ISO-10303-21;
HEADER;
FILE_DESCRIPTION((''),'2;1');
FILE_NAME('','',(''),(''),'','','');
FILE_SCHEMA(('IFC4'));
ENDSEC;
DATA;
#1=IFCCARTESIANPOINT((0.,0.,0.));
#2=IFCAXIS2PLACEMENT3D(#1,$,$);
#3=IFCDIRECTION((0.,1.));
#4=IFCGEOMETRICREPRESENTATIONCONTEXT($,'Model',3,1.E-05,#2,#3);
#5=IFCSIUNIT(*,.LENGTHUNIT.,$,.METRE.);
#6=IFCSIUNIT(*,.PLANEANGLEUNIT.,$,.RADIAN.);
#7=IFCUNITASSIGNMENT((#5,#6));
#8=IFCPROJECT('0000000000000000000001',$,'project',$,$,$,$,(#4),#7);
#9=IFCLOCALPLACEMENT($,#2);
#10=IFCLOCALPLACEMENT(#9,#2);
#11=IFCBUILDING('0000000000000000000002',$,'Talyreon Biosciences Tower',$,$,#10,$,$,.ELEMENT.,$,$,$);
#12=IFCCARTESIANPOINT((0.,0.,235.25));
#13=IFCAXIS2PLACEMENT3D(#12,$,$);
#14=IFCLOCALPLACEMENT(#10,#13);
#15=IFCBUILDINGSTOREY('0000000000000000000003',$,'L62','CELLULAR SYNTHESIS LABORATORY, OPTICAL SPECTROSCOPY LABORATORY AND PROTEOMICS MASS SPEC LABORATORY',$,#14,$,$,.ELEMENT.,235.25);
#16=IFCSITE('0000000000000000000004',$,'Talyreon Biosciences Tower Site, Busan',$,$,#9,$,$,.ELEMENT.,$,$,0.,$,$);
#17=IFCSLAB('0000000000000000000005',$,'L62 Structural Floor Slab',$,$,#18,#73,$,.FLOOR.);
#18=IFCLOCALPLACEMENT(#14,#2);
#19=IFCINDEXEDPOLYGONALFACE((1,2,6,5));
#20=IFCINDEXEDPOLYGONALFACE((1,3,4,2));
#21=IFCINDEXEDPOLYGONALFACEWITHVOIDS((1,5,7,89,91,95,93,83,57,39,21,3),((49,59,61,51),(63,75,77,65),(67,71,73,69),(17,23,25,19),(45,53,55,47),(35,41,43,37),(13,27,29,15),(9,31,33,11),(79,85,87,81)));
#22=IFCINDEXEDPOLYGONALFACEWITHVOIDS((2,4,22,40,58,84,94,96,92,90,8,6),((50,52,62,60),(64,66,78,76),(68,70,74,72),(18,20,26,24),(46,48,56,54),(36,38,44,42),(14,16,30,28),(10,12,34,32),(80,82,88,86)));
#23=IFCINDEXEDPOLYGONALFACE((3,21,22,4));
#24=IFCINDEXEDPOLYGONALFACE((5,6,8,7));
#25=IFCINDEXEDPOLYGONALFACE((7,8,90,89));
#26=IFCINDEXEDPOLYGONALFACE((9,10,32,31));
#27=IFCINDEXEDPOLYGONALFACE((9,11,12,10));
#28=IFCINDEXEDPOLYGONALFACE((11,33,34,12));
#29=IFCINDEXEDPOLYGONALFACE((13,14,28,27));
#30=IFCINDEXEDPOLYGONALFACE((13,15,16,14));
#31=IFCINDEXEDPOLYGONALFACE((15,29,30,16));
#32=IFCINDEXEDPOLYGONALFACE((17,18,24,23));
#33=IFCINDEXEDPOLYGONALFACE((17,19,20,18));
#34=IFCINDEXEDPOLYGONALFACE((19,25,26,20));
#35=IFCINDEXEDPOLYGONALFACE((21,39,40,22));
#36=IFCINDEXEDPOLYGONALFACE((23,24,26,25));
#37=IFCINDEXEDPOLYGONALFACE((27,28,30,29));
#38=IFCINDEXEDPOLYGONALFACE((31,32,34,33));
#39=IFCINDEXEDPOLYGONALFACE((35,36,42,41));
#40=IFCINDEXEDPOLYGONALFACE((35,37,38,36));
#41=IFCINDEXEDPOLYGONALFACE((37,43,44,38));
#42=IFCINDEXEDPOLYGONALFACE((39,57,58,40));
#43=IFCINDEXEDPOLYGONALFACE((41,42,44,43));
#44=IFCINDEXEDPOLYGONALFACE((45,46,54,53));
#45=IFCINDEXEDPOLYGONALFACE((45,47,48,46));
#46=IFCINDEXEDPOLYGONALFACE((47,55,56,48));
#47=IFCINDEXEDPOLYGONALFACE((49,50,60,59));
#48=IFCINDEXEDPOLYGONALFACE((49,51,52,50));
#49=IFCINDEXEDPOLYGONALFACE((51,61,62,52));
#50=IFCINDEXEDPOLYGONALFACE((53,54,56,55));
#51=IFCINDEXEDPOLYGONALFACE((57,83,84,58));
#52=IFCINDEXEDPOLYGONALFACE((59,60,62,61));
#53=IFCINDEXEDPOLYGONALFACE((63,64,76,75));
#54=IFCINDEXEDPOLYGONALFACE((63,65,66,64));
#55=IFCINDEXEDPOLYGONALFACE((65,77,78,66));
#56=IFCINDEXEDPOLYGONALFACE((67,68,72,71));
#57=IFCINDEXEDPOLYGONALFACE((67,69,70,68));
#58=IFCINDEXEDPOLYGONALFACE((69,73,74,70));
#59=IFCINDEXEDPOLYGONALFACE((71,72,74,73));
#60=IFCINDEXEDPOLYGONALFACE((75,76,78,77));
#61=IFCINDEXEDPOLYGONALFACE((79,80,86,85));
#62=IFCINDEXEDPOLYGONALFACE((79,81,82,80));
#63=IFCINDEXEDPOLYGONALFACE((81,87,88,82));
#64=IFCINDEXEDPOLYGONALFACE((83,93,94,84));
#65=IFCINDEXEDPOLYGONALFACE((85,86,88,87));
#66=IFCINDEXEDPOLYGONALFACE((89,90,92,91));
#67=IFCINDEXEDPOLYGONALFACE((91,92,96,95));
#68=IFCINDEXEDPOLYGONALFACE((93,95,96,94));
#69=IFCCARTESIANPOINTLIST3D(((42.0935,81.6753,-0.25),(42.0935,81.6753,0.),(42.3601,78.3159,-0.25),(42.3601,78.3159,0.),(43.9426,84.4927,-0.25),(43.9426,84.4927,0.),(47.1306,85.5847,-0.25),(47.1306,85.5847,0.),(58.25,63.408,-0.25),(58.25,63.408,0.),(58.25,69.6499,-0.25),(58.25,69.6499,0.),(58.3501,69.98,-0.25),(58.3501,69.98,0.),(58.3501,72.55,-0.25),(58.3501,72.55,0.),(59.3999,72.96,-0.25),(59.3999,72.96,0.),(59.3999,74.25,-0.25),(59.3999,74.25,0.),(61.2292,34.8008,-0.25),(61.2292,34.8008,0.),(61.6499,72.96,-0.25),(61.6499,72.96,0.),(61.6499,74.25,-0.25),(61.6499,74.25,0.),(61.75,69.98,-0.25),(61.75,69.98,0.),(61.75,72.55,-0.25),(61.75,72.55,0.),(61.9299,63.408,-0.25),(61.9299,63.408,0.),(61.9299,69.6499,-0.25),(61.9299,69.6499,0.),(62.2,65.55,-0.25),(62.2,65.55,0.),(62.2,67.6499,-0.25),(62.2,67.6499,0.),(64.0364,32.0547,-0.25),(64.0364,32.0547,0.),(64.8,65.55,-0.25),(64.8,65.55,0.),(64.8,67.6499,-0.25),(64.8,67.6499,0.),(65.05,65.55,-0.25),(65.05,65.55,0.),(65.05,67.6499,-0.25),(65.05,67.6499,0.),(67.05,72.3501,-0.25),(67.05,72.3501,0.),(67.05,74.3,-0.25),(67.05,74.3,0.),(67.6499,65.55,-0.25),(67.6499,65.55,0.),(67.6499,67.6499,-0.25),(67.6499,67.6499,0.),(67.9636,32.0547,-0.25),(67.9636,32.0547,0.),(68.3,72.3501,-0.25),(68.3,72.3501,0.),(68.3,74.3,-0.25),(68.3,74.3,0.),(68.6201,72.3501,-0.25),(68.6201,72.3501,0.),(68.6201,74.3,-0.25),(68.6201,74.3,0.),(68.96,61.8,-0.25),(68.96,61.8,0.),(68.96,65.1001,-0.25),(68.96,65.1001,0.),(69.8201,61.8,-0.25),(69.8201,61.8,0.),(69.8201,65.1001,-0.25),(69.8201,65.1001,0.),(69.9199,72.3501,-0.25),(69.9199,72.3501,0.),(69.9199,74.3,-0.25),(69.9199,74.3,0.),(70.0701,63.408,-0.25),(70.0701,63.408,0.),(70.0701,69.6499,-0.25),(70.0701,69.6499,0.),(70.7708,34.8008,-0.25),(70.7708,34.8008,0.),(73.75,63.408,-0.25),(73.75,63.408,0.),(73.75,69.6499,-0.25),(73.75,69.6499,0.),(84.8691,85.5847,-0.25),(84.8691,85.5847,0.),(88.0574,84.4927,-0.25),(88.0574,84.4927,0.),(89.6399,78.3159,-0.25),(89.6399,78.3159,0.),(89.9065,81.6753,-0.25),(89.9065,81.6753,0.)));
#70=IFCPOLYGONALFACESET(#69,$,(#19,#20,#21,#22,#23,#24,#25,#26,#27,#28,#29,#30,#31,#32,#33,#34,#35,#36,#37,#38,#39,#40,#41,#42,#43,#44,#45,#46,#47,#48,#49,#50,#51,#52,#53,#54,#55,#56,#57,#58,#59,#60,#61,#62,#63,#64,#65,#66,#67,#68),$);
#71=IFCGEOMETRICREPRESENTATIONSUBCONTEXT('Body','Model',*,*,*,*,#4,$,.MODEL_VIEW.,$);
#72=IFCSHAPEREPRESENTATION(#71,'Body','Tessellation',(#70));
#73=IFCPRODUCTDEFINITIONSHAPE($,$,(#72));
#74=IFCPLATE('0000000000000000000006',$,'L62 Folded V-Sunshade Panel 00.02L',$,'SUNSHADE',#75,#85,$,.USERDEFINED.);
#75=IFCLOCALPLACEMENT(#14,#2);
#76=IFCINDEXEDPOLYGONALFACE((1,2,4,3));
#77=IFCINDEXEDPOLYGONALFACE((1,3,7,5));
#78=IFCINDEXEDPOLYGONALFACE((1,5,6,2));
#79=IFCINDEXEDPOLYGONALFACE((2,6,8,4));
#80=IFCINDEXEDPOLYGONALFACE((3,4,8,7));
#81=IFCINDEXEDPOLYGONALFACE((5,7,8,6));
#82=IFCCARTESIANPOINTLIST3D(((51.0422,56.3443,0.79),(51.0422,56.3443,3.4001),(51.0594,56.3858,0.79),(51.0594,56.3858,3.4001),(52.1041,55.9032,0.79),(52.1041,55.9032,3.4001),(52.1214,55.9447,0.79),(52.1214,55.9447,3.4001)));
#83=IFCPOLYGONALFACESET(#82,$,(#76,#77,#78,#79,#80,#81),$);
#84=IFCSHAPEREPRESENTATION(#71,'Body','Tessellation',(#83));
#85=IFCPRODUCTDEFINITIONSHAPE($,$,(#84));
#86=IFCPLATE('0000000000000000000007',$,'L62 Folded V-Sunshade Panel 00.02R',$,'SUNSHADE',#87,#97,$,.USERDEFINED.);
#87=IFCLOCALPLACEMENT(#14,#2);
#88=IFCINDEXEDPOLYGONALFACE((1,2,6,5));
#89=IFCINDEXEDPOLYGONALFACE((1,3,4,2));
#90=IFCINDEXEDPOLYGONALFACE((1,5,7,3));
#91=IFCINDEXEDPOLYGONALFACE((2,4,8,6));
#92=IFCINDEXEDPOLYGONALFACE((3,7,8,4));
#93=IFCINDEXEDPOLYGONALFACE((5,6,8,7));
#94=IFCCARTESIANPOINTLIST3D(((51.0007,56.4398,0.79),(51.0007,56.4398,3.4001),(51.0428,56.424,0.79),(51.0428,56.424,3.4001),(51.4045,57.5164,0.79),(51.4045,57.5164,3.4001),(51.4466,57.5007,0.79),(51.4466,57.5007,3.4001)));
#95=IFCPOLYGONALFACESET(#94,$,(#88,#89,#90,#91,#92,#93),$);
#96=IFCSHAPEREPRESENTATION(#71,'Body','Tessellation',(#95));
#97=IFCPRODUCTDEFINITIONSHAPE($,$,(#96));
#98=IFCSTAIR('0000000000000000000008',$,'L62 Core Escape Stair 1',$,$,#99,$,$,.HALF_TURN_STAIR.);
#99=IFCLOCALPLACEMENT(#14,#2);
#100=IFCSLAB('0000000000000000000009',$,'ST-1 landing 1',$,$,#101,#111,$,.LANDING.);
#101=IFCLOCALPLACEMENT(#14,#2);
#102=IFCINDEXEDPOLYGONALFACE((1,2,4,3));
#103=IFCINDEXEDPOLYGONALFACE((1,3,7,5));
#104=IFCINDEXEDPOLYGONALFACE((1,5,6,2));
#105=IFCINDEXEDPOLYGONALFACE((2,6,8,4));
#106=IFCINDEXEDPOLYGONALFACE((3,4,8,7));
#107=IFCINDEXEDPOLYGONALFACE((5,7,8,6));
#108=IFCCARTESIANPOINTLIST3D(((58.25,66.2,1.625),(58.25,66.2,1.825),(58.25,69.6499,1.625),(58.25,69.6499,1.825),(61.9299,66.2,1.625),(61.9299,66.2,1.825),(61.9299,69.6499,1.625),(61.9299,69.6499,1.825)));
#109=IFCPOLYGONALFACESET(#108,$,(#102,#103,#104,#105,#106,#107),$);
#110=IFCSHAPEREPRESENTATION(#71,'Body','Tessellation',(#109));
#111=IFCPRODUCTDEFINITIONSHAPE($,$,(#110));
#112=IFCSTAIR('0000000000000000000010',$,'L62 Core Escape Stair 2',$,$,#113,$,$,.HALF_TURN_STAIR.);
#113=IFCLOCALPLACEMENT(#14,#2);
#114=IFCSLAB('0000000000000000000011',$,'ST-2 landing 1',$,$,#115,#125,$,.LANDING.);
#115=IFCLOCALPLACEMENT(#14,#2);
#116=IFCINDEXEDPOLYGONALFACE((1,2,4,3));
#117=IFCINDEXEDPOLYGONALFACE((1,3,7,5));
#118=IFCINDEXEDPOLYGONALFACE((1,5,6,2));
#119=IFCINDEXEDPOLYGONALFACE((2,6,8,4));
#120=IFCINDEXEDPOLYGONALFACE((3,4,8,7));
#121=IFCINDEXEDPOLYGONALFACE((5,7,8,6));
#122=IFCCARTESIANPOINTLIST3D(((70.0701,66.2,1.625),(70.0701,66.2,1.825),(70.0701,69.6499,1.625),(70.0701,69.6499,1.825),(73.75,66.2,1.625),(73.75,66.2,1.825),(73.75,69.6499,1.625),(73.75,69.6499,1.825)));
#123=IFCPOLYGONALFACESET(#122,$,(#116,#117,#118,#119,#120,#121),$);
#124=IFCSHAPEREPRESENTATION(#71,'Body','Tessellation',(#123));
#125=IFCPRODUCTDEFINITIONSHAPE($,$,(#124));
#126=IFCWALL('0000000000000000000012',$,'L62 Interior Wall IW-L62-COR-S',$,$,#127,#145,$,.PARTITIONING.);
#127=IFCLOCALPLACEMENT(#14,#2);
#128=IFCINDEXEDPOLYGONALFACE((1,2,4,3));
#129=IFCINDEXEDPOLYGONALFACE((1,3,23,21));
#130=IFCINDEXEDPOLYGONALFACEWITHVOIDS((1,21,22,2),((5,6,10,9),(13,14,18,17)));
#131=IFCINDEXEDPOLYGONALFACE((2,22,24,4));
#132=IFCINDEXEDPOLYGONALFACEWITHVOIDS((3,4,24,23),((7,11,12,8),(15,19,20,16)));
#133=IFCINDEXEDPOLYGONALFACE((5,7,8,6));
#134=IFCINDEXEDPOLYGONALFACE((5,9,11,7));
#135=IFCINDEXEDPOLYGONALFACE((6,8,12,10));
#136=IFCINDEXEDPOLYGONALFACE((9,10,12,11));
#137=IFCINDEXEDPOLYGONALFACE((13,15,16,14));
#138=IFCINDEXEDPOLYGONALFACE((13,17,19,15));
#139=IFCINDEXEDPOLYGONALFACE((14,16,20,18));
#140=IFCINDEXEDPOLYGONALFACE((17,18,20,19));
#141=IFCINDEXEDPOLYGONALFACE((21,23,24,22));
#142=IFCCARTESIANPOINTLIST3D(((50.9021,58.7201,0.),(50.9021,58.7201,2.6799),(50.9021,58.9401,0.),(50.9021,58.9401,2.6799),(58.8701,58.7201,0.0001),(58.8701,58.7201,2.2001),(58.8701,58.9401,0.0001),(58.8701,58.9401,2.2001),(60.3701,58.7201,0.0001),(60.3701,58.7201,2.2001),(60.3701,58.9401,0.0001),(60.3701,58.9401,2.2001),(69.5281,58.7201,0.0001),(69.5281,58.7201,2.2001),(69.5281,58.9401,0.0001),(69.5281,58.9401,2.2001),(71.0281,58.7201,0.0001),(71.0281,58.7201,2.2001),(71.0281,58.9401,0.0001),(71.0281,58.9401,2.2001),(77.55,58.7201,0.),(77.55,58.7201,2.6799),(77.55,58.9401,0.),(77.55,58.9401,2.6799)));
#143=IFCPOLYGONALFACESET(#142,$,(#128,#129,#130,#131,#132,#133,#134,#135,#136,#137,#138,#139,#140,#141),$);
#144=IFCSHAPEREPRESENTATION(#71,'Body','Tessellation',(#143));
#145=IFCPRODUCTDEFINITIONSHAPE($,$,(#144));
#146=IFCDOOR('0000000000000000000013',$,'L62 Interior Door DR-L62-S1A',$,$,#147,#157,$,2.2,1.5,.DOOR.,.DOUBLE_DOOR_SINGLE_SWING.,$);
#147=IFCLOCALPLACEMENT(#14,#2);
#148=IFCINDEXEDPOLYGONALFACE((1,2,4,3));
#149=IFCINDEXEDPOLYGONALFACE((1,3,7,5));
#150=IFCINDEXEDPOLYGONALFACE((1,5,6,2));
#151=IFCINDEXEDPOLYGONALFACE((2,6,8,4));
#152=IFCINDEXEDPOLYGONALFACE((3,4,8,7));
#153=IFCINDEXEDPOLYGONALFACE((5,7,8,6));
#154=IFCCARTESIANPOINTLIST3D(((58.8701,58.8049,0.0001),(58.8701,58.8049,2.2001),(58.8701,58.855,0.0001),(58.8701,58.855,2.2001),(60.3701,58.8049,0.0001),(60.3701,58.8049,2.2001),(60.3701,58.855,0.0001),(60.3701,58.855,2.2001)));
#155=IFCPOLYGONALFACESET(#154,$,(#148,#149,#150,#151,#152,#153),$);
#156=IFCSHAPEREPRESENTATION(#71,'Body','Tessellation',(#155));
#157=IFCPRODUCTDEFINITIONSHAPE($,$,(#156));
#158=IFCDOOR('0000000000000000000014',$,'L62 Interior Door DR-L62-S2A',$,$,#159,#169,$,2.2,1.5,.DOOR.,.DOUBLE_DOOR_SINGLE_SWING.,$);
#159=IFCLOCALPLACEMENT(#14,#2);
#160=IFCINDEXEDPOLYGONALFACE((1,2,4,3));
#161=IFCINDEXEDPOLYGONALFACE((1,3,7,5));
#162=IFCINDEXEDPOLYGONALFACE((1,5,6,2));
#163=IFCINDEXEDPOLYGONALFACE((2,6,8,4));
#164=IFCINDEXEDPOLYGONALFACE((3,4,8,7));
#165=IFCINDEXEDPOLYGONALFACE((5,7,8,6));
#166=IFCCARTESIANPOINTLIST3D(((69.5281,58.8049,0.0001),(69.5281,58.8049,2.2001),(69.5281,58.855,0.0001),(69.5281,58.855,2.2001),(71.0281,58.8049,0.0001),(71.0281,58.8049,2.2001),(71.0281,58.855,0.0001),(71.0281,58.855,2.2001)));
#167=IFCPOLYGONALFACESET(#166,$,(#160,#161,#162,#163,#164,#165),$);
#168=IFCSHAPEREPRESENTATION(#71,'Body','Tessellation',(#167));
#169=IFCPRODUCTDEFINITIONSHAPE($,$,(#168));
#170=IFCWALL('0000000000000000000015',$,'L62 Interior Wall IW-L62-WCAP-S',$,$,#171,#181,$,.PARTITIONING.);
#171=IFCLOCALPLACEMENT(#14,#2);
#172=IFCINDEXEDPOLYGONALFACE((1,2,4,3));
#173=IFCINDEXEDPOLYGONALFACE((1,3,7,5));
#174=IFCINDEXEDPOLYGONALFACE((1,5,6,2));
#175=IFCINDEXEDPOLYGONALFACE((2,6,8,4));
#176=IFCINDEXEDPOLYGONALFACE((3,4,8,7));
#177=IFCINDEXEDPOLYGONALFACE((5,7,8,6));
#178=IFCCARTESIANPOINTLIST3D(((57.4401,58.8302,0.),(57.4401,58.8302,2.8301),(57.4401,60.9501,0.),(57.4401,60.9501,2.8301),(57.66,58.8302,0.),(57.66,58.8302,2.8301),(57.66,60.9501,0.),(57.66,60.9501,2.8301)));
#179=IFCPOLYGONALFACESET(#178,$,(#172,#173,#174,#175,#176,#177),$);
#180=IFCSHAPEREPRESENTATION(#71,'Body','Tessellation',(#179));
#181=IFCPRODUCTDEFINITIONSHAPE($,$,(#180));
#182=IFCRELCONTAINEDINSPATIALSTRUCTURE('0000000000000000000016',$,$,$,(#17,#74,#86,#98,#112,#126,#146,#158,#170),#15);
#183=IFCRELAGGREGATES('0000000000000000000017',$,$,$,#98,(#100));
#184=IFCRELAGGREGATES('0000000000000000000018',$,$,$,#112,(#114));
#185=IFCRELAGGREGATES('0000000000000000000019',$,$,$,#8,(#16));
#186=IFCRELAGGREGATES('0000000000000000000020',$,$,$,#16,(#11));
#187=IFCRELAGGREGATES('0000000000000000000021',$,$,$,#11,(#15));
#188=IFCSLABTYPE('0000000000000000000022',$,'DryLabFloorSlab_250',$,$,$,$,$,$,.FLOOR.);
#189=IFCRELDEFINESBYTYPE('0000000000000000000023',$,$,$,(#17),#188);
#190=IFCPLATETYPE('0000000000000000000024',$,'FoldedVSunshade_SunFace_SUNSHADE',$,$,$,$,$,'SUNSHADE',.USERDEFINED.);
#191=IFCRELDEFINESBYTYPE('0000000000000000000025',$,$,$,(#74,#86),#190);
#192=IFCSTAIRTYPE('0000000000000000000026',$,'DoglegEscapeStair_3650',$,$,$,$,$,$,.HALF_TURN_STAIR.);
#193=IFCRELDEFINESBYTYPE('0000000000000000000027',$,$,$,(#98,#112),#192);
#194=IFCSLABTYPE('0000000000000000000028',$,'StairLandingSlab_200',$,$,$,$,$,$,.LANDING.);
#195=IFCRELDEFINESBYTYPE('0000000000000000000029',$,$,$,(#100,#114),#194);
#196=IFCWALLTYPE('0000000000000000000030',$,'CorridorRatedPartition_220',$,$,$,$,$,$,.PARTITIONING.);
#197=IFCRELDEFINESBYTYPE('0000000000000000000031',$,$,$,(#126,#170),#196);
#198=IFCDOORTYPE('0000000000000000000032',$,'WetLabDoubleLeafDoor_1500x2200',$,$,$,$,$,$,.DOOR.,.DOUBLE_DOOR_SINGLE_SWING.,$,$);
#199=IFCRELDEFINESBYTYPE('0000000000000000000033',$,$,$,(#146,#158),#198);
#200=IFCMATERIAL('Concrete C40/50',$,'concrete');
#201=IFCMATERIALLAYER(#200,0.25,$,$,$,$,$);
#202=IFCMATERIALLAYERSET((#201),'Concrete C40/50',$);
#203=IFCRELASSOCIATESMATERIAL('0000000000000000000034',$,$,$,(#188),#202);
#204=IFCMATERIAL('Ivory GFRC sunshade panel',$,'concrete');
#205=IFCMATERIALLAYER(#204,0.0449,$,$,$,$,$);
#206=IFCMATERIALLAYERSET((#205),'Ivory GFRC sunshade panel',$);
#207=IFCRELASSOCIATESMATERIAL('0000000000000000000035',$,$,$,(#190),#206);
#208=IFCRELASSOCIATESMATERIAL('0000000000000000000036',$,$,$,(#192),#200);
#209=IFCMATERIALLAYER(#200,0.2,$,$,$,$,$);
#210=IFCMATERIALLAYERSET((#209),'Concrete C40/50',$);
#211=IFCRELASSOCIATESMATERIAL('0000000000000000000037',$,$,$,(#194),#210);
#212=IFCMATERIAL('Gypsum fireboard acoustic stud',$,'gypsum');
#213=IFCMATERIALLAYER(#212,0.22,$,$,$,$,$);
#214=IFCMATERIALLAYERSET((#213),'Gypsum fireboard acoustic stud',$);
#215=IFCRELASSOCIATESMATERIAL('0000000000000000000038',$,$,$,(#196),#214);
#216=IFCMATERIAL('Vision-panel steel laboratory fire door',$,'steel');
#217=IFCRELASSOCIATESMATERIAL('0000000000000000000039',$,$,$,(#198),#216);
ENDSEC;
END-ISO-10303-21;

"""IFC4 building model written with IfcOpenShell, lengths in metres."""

from ifc_helpers import new_model, si_unit, direction, frame, frame_2d, origin, origin_2d, place, context, subcontext, project, spatial, polyline, rectangle, outline, extrude, material, layer, layer_set, type_object, element, fill, aggregate, save


model = new_model("IFC4")

# Units and contexts
model_context = context("Model", 3, precision=1e-05, world=origin(), true_north=direction((0.0, 1.0)))
body_context = subcontext(model_context, "Body", "Model", "MODEL_VIEW")
ifc_project = project(units=[si_unit("LENGTHUNIT", "METRE"), si_unit("PLANEANGLEUNIT", "RADIAN")], contexts=[model_context])

# Site, building, storey
site_placement = place(None, origin())
site = spatial("IfcSite", under=ifc_project, at=site_placement, Name="Talyreon Biosciences Tower Site, Busan", CompositionType="ELEMENT", RefElevation=0.0)
building_placement = place(site_placement, origin())
building = spatial("IfcBuilding", under=site, at=building_placement, Name="Talyreon Biosciences Tower", CompositionType="ELEMENT")
storey_placement = place(building_placement, frame((0.0, 0.0, 235.25)))
storey = spatial("IfcBuildingStorey", under=building, at=storey_placement, Name="L62", Description="CELLULAR SYNTHESIS LABORATORY, OPTICAL SPECTROSCOPY LABORATORY AND PROTEOMICS MASS SPEC LABORATORY", CompositionType="ELEMENT", Elevation=235.25)

# Slab
ifc_material_1 = material(Name="Concrete C40/50", Category="concrete")
ifc_layer_1 = layer(ifc_material_1, 0.25)
ifc_layer_set_1 = layer_set([ifc_layer_1], Name="Concrete C40/50")
slab_type_1 = type_object("IfcSlabType", Name="DryLabFloorSlab_250", PredefinedType="FLOOR", material=ifc_layer_set_1)
slab_1_placement = place(storey_placement, frame((0.0, 0.0, -0.25)))
element("IfcSlab", 1, at=slab_1_placement, inside=storey, type_object=slab_type_1, Name="L62 Structural Floor Slab", PredefinedType="FLOOR", context=body_context, shape_type="SweptSolid", body=[
    extrude(outline(polyline([(61.2292, 34.8008), (42.3601, 78.3159), (42.0935, 81.6753), (43.9426, 84.4927), (47.1306, 85.5847), (84.8691, 85.5847), (88.0574, 84.4927), (89.9065, 81.6753), (89.6399, 78.3159), (70.7708, 34.8008), (67.9636, 32.0547), (64.0364, 32.0547), (61.2292, 34.8008)]), holes=[polyline([(69.8201, 65.1001), (69.8201, 61.8), (68.96, 61.8), (68.96, 65.1001), (69.8201, 65.1001)]), polyline([(61.9299, 69.6499), (61.9299, 63.408), (58.25, 63.408), (58.25, 69.6499), (61.9299, 69.6499)]), polyline([(73.75, 69.6499), (73.75, 63.408), (70.0701, 63.408), (70.0701, 69.6499), (73.75, 69.6499)]), polyline([(64.8, 67.6499), (64.8, 65.55), (62.2, 65.55), (62.2, 67.6499), (64.8, 67.6499)]), polyline([(67.6499, 67.6499), (67.6499, 65.55), (65.05, 65.55), (65.05, 67.6499), (67.6499, 67.6499)]), polyline([(61.75, 72.55), (61.75, 69.98), (58.3501, 69.98), (58.3501, 72.55), (61.75, 72.55)]), polyline([(68.3, 74.3), (68.3, 72.3501), (67.05, 72.3501), (67.05, 74.3), (68.3, 74.3)]), polyline([(69.9199, 72.3501), (68.6201, 72.3501), (68.6201, 74.3), (69.9199, 74.3), (69.9199, 72.3501)]), polyline([(61.6499, 72.96), (59.3999, 72.96), (59.3999, 74.25), (61.6499, 74.25), (61.6499, 72.96)])]), origin(), (0.0, 0.0, 1.0), 0.25),
])

# Plates
ifc_material_2 = material(Name="Ivory GFRC sunshade panel", Category="concrete")
ifc_layer_2 = layer(ifc_material_2, 0.0449)
ifc_layer_set_2 = layer_set([ifc_layer_2], Name="Ivory GFRC sunshade panel")
plate_type_1 = type_object("IfcPlateType", Name="FoldedVSunshade_SunFace_SUNSHADE", ElementType="SUNSHADE", PredefinedType="USERDEFINED", material=ifc_layer_set_2)
for number, where, z_axis, x_axis, name in (
    (2, (51.5818, 56.1445, 0.79), (0.0, 0.0, 1.0), (-0.923498, 0.383602, 0.0), "L62 Folded V-Sunshade Panel 00.02L"),
    (3, (51.2236, 56.9702, 0.79), (0.0, 0.0, 1.0), (0.351139, 0.936323, 0.0), "L62 Folded V-Sunshade Panel 00.02R"),
):
    element("IfcPlate", number, at=place(storey_placement, frame(where, z_axis=z_axis, x_axis=x_axis)), inside=storey, type_object=plate_type_1, Name=name, ObjectType="SUNSHADE", PredefinedType="USERDEFINED", context=body_context, shape_type="SweptSolid", body=[
        extrude(rectangle(XDim=1.1499, YDim=0.0449, at=origin_2d()), origin(), (0.0, 0.0, 1.0), 2.6101),
    ])

# Stairs, slabs
stair_type = type_object("IfcStairType", Name="DoglegEscapeStair_3650", PredefinedType="HALF_TURN_STAIR", material=ifc_material_1)
stair_1_placement = place(storey_placement, origin())
stair_1 = element("IfcStair", 4, at=stair_1_placement, inside=storey, type_object=stair_type, Name="L62 Core Escape Stair 1", PredefinedType="HALF_TURN_STAIR")
ifc_layer_3 = layer(ifc_material_1, 0.2)
ifc_layer_set_3 = layer_set([ifc_layer_3], Name="Concrete C40/50")
slab_type_2 = type_object("IfcSlabType", Name="StairLandingSlab_200", PredefinedType="LANDING", material=ifc_layer_set_3)
slab_2_placement = place(storey_placement, frame((0.0, 0.0, 1.625)))
slab_2 = element("IfcSlab", 5, at=slab_2_placement, type_object=slab_type_2, Name="ST-1 landing 1", PredefinedType="LANDING", context=body_context, shape_type="SweptSolid", body=[
    extrude(outline(polyline([(61.9299, 66.2), (61.9299, 69.6499), (58.25, 69.6499), (58.25, 66.2), (61.9299, 66.2)])), origin(), (0.0, 0.0, 1.0), 0.2),
])
aggregate(stair_1, [slab_2])
stair_2_placement = place(storey_placement, origin())
stair_2 = element("IfcStair", 6, at=stair_2_placement, inside=storey, type_object=stair_type, Name="L62 Core Escape Stair 2", PredefinedType="HALF_TURN_STAIR")
slab_3_placement = place(storey_placement, frame((0.0, 0.0, 1.625)))
slab_3 = element("IfcSlab", 7, at=slab_3_placement, type_object=slab_type_2, Name="ST-2 landing 1", PredefinedType="LANDING", context=body_context, shape_type="SweptSolid", body=[
    extrude(outline(polyline([(73.75, 66.2), (73.75, 69.6499), (70.0701, 69.6499), (70.0701, 66.2), (73.75, 66.2)])), origin(), (0.0, 0.0, 1.0), 0.2),
])
aggregate(stair_2, [slab_3])

# Wall, openings, doors
ifc_material_3 = material(Name="Gypsum fireboard acoustic stud", Category="gypsum")
ifc_layer_4 = layer(ifc_material_3, 0.22)
ifc_layer_set_4 = layer_set([ifc_layer_4], Name="Gypsum fireboard acoustic stud")
wall_type = type_object("IfcWallType", Name="CorridorRatedPartition_220", PredefinedType="PARTITIONING", material=ifc_layer_set_4)
wall_1_placement = place(storey_placement, frame((50.9021, 58.8301, 0.0), z_axis=(0.0, 0.0, 1.0), x_axis=(1.0, 0.0, 0.0)))
wall_1 = element("IfcWall", 8, at=wall_1_placement, inside=storey, type_object=wall_type, Name="L62 Interior Wall IW-L62-COR-S", PredefinedType="PARTITIONING", context=body_context, shape_type="SweptSolid", body=[
    extrude(rectangle(XDim=26.6479, YDim=0.22, at=frame_2d((13.324, 0.0))), origin(), (0.0, 0.0, 1.0), 2.6799),
])
opening_1_placement = place(wall_1_placement, frame((7.968, 0.0, 0.0)))
opening_1 = element("IfcOpeningElement", 9, at=opening_1_placement, cuts=wall_1, PredefinedType="OPENING", context=body_context, shape_type="SweptSolid", body=[
    extrude(rectangle(XDim=1.5, YDim=2.2, at=frame_2d((0.75, 1.1001))), frame((0.0, 0.1199, 0.0), z_axis=(0.0, -1.0, 0.0), x_axis=(1.0, 0.0, 0.0)), (0.0, 0.0, 1.0), 0.24),
])
opening_2_placement = place(wall_1_placement, frame((18.626, 0.0, 0.0)))
opening_2 = element("IfcOpeningElement", 10, at=opening_2_placement, cuts=wall_1, PredefinedType="OPENING", context=body_context, shape_type="SweptSolid", body=[
    extrude(rectangle(XDim=1.5, YDim=2.2, at=frame_2d((0.75, 1.1001))), frame((0.0, 0.1199, 0.0), z_axis=(0.0, -1.0, 0.0), x_axis=(1.0, 0.0, 0.0)), (0.0, 0.0, 1.0), 0.24),
])
ifc_material_4 = material(Name="Vision-panel steel laboratory fire door", Category="steel")
door_type = type_object("IfcDoorType", Name="WetLabDoubleLeafDoor_1500x2200", OperationType="DOUBLE_DOOR_SINGLE_SWING", PredefinedType="DOOR", material=ifc_material_4)
door_1_placement = place(opening_1_placement, origin())
door_1 = element("IfcDoor", 11, at=door_1_placement, inside=storey, type_object=door_type, Name="L62 Interior Door DR-L62-S1A", OperationType="DOUBLE_DOOR_SINGLE_SWING", OverallHeight=2.2, OverallWidth=1.5, PredefinedType="DOOR", context=body_context, shape_type="SweptSolid", body=[
    extrude(rectangle(XDim=1.5, YDim=2.2, at=frame_2d((0.75, 1.1001))), frame((0.0, 0.0249, 0.0), z_axis=(0.0, -1.0, 0.0), x_axis=(1.0, 0.0, 0.0)), (0.0, 0.0, 1.0), 0.05),
])
fill(opening_1, door_1)
door_2_placement = place(opening_2_placement, origin())
door_2 = element("IfcDoor", 12, at=door_2_placement, inside=storey, type_object=door_type, Name="L62 Interior Door DR-L62-S2A", OperationType="DOUBLE_DOOR_SINGLE_SWING", OverallHeight=2.2, OverallWidth=1.5, PredefinedType="DOOR", context=body_context, shape_type="SweptSolid", body=[
    extrude(rectangle(XDim=1.5, YDim=2.2, at=frame_2d((0.75, 1.1001))), frame((0.0, 0.0249, 0.0), z_axis=(0.0, -1.0, 0.0), x_axis=(1.0, 0.0, 0.0)), (0.0, 0.0, 1.0), 0.05),
])
fill(opening_2, door_2)

# Wall
wall_2_placement = place(storey_placement, frame((57.55, 58.8301, 0.0), z_axis=(0.0, 0.0, 1.0), x_axis=(0.0, 1.0, 0.0)))
element("IfcWall", 13, at=wall_2_placement, inside=storey, type_object=wall_type, Name="L62 Interior Wall IW-L62-WCAP-S", PredefinedType="PARTITIONING", context=body_context, shape_type="SweptSolid", body=[
    extrude(rectangle(XDim=2.1199, YDim=0.22, at=frame_2d((1.0601, 0.0))), origin(), (0.0, 0.0, 1.0), 2.8301),
])

save(model, "model.ifc")
